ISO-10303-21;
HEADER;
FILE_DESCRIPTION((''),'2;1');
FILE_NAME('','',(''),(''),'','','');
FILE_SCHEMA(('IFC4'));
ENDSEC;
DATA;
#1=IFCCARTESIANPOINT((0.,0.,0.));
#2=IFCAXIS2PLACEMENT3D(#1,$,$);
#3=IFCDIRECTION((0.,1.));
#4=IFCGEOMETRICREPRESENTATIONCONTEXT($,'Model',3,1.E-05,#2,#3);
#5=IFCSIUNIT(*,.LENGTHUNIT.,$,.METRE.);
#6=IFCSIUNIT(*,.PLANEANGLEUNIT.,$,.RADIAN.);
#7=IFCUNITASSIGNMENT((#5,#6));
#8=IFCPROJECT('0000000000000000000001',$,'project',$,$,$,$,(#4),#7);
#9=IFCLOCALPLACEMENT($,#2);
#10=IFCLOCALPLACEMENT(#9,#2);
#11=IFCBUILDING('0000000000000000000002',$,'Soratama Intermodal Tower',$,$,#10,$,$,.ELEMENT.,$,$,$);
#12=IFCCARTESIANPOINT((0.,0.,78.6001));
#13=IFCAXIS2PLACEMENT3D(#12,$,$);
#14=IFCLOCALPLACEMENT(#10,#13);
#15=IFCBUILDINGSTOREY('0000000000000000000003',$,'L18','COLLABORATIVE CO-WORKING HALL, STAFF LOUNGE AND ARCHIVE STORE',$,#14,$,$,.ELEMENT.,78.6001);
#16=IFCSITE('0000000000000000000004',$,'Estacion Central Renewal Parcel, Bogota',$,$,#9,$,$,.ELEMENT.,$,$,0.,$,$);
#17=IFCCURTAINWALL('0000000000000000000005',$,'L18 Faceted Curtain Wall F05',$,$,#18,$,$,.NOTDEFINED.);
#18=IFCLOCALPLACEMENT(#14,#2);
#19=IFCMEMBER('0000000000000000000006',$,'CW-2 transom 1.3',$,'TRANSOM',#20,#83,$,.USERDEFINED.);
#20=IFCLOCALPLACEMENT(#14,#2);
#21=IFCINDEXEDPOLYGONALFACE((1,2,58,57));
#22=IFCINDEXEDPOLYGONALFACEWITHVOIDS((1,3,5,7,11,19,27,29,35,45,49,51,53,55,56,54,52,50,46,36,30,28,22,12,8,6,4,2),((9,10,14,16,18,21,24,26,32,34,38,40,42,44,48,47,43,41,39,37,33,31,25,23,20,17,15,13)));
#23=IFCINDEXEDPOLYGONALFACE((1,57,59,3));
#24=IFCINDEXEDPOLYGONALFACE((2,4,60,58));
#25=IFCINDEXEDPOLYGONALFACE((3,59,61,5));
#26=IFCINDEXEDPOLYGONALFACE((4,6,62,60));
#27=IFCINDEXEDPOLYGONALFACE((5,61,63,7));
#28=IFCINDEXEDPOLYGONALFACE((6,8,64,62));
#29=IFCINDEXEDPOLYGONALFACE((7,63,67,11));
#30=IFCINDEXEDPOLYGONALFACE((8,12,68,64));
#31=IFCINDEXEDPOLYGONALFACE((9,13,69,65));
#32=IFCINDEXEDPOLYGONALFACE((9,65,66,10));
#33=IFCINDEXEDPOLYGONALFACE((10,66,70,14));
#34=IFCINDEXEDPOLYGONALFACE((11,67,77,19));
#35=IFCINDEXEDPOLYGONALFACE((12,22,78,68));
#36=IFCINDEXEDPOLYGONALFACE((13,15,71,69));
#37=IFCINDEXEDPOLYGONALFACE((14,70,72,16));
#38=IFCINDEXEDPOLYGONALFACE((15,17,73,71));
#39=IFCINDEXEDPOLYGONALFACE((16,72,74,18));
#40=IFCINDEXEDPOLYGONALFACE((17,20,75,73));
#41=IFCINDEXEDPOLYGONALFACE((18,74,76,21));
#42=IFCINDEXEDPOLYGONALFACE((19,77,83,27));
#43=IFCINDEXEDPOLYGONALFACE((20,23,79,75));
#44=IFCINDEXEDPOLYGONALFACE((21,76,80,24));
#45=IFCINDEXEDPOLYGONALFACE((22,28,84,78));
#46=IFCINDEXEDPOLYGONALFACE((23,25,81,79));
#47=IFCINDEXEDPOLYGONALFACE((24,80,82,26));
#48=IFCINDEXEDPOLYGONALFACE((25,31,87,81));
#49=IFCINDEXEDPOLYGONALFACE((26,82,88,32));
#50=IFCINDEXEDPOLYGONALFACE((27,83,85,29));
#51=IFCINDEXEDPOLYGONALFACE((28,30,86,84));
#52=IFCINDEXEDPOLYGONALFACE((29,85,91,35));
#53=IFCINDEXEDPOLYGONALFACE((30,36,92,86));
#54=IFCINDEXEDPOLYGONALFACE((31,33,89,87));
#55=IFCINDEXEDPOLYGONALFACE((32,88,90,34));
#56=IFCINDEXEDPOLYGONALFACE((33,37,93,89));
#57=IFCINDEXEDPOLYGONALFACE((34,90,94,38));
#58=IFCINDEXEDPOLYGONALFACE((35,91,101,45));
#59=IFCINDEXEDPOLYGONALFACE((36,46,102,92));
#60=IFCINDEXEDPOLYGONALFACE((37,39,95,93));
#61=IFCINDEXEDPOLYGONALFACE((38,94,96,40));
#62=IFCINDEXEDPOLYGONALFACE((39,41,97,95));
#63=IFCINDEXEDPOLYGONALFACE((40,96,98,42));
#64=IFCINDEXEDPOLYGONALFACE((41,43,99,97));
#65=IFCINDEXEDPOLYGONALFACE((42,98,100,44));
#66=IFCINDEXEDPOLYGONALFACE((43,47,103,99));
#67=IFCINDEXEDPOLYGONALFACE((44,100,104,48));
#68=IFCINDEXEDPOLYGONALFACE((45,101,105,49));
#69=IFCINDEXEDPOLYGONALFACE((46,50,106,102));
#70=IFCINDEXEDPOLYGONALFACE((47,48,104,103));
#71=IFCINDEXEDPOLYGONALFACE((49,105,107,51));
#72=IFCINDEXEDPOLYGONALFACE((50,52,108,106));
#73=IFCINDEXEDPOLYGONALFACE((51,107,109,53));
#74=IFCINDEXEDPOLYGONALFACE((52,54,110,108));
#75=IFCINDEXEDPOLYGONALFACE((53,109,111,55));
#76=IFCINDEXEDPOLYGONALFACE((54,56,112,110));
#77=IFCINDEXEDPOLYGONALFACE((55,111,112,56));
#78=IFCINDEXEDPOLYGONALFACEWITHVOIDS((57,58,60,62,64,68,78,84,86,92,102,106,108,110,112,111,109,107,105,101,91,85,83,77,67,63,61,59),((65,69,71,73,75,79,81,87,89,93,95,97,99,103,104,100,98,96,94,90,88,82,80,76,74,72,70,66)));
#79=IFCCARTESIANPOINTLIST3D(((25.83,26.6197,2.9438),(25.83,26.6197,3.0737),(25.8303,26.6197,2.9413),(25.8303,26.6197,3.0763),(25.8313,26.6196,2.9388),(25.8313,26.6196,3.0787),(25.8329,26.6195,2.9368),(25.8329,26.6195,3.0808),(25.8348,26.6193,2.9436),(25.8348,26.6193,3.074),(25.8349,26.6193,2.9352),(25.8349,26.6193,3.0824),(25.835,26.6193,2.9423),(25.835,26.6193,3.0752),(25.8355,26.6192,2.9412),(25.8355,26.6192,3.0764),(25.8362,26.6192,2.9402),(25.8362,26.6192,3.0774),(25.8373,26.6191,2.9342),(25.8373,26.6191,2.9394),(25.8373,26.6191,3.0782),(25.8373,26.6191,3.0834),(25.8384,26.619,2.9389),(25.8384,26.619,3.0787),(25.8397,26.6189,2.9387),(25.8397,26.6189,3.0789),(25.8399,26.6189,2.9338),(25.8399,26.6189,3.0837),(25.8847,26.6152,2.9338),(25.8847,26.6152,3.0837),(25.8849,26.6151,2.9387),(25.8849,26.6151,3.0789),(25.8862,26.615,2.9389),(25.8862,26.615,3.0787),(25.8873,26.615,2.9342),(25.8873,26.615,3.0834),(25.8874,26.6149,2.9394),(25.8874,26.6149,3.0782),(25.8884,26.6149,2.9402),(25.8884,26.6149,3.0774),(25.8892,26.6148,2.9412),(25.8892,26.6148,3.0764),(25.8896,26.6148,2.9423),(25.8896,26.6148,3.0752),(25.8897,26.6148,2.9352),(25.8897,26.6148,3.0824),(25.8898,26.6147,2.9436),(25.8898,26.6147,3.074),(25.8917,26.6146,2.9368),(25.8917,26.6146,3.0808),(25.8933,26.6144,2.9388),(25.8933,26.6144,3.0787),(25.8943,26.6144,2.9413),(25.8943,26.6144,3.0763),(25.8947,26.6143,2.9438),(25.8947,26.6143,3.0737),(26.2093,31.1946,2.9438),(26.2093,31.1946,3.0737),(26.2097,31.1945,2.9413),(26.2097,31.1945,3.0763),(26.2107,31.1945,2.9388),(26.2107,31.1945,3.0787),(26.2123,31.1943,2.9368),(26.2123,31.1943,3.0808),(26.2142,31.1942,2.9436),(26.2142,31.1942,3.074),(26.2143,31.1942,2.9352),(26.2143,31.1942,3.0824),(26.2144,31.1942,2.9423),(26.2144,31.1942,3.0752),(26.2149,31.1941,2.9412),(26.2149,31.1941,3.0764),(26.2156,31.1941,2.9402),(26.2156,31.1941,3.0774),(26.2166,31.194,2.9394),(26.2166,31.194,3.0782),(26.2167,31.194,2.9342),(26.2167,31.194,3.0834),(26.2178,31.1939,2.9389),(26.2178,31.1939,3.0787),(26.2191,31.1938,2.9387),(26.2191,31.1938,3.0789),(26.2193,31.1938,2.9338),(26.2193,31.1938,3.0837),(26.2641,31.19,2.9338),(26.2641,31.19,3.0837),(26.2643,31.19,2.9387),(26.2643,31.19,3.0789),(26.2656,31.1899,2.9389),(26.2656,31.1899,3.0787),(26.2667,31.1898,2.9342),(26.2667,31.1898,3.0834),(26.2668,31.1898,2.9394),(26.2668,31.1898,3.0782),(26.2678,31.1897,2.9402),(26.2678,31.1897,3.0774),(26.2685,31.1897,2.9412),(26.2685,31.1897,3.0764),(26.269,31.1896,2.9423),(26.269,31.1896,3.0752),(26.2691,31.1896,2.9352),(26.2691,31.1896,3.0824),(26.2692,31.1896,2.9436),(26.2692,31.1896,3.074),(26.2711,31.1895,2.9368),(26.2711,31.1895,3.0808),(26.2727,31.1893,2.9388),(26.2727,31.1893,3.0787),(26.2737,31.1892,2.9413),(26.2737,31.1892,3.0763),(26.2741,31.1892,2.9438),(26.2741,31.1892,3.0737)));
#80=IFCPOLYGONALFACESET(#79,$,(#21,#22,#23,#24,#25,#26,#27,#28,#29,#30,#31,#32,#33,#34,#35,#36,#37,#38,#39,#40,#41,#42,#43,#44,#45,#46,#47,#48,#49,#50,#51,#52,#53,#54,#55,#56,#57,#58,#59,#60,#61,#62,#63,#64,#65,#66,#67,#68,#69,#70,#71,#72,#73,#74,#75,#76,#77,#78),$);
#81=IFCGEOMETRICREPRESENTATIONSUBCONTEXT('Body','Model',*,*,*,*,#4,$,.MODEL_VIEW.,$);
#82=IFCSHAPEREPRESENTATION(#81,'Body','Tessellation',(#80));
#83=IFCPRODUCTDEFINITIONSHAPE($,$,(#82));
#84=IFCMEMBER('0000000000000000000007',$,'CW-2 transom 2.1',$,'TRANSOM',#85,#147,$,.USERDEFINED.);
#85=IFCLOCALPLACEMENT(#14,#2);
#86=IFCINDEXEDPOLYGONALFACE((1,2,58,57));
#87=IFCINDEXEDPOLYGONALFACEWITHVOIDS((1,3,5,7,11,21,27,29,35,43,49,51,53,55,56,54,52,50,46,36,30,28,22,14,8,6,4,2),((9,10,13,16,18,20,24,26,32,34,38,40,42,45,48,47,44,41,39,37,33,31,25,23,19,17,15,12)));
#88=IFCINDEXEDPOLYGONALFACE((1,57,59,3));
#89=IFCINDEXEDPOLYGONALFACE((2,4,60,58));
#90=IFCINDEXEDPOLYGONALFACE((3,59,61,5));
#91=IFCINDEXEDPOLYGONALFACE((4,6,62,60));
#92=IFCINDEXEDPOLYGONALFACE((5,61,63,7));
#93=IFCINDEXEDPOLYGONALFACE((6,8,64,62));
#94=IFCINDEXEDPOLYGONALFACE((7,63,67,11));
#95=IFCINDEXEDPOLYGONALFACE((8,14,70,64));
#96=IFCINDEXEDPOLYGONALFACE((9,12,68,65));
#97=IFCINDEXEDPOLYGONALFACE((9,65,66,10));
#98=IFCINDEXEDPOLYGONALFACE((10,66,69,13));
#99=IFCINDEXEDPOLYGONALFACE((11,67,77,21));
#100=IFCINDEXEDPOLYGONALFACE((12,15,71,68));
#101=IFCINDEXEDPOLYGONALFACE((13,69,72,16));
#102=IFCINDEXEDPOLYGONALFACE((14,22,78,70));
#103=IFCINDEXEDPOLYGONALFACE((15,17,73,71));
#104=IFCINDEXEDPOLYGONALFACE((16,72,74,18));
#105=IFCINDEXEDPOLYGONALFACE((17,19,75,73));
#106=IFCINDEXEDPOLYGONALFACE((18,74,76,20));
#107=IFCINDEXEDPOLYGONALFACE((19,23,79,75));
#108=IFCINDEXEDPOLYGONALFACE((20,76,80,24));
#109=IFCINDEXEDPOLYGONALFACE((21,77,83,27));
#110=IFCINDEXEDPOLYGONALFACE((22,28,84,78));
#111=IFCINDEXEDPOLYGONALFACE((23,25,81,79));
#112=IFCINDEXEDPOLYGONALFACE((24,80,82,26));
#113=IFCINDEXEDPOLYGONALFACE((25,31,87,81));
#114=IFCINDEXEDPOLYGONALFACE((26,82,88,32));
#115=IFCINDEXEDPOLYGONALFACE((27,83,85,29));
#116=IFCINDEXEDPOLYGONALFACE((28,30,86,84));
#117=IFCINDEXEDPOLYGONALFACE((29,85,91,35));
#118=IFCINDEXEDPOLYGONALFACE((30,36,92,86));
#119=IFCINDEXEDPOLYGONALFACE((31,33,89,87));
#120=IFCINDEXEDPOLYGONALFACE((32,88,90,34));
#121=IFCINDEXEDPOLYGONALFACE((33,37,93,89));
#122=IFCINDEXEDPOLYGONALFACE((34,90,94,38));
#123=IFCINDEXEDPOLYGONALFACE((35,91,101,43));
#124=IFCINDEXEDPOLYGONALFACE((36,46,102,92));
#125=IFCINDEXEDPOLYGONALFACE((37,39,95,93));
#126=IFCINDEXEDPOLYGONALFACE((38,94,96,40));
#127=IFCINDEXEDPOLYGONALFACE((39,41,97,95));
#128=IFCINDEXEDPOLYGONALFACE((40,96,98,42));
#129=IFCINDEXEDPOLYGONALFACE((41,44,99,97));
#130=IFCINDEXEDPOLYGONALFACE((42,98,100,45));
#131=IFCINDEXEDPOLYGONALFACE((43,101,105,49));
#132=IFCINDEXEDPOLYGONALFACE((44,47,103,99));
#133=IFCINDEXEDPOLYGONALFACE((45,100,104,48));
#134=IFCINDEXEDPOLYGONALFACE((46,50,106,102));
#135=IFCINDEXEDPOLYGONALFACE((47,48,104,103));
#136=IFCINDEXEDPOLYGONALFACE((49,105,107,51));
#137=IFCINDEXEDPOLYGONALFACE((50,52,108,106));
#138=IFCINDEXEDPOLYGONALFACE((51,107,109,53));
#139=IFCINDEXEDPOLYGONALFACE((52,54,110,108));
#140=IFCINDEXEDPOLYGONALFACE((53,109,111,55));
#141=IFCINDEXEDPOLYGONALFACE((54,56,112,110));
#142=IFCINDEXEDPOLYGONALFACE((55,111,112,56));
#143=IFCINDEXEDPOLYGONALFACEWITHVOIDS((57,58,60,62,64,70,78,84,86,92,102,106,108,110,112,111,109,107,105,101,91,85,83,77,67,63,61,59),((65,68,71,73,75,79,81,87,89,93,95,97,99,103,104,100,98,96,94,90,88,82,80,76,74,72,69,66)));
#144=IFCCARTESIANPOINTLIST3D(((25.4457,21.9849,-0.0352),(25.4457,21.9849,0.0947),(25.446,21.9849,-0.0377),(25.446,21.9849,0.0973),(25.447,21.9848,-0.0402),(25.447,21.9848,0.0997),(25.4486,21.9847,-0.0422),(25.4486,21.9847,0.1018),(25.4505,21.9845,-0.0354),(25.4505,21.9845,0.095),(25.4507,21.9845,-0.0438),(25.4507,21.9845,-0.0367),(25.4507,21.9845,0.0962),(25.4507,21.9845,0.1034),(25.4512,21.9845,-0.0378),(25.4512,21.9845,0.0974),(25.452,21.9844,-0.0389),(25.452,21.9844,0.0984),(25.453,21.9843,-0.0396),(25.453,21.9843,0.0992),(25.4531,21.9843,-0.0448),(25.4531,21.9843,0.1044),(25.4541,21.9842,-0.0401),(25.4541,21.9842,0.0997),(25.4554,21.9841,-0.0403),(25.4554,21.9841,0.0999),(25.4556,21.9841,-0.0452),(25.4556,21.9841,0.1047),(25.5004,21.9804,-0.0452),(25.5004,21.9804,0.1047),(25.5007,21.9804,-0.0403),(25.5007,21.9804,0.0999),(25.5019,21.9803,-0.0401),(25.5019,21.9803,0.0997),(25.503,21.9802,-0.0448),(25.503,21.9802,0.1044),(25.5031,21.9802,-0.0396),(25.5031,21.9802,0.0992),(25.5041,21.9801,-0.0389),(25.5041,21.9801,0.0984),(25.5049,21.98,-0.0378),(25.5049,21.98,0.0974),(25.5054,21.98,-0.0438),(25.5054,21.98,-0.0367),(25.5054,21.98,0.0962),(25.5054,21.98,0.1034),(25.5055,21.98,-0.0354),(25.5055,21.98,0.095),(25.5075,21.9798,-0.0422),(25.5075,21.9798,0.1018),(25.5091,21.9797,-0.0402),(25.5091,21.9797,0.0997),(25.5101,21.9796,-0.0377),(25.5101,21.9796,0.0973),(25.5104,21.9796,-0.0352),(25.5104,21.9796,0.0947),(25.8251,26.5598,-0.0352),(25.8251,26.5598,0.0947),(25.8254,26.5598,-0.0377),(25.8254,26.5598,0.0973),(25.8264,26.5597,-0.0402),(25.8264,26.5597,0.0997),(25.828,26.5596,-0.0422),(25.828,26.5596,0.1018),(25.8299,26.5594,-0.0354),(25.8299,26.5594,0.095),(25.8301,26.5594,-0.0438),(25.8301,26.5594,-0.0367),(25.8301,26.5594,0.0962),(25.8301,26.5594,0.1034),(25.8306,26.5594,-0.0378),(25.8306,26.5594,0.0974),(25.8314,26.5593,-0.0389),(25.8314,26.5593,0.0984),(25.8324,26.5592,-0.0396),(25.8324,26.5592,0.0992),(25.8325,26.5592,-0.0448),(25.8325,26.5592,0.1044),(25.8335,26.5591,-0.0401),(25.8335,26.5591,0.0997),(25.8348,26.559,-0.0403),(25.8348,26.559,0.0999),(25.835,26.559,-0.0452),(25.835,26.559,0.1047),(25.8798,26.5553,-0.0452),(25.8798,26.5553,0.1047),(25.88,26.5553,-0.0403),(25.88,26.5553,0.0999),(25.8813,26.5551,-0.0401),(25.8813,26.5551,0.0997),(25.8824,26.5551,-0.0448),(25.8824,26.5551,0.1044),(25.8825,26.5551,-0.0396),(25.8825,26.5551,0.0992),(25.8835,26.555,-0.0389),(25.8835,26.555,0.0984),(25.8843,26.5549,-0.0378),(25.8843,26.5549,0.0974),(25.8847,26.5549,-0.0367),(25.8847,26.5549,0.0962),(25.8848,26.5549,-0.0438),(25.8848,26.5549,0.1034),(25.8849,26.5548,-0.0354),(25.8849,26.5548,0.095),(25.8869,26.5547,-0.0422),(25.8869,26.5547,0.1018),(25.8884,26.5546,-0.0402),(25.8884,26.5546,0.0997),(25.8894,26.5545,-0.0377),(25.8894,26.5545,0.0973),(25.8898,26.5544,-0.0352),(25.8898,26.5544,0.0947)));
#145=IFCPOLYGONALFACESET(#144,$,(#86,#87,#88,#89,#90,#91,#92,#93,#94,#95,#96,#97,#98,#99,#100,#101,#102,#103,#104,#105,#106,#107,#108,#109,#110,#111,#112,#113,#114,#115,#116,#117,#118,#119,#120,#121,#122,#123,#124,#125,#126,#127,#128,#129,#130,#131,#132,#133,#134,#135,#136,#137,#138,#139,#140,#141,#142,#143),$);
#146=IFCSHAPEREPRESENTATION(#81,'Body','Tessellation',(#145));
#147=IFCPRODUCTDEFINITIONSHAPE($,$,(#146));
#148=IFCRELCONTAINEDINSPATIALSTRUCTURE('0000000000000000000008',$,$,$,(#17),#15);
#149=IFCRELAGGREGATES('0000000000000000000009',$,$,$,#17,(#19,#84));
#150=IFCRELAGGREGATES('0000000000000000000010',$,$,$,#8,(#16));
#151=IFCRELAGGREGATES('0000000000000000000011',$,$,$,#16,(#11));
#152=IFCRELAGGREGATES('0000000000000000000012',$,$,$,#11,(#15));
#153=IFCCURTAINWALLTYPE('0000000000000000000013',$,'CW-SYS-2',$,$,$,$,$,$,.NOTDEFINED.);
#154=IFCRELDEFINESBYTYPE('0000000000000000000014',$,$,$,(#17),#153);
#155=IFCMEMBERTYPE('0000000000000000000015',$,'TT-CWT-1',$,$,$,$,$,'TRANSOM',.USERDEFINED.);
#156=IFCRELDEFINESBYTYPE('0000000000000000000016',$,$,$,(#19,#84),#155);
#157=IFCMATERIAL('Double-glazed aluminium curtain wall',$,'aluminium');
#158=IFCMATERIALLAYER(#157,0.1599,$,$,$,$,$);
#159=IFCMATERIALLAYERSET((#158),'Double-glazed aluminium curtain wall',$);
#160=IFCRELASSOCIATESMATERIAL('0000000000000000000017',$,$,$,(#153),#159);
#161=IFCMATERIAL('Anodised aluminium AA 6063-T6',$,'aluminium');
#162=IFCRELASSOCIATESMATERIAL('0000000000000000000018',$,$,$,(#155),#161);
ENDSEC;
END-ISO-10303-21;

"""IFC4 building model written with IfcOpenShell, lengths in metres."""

from ifc_helpers import new_model, si_unit, direction, frame, origin, origin_2d, place, context, subcontext, project, spatial, hollow_rectangle, extrude, material, layer, layer_set, material_profile, profile_set, type_object, element, aggregate, save


model = new_model("IFC4")

# Units and contexts
model_context = context("Model", 3, precision=1e-05, world=origin(), true_north=direction((0.0, 1.0)))
body_context = subcontext(model_context, "Body", "Model", "MODEL_VIEW")
ifc_project = project(units=[si_unit("LENGTHUNIT", "METRE"), si_unit("PLANEANGLEUNIT", "RADIAN")], contexts=[model_context])

# Site, building, storey
site_placement = place(None, origin())
site = spatial("IfcSite", under=ifc_project, at=site_placement, Name="Estacion Central Renewal Parcel, Bogota", CompositionType="ELEMENT", RefElevation=0.0)
building_placement = place(site_placement, origin())
building = spatial("IfcBuilding", under=site, at=building_placement, Name="Soratama Intermodal Tower", CompositionType="ELEMENT")
storey_placement = place(building_placement, frame((0.0, 0.0, 78.6001)))
storey = spatial("IfcBuildingStorey", under=building, at=storey_placement, Name="L18", Description="COLLABORATIVE CO-WORKING HALL, STAFF LOUNGE AND ARCHIVE STORE", CompositionType="ELEMENT", Elevation=78.6001)

# Curtain wall, members
ifc_material_1 = material(Name="Double-glazed aluminium curtain wall", Category="aluminium")
ifc_layer_1 = layer(ifc_material_1, 0.1599)
ifc_layer_set_1 = layer_set([ifc_layer_1], Name="Double-glazed aluminium curtain wall")
curtain_wall_type = type_object("IfcCurtainWallType", Name="CW-SYS-2", PredefinedType="NOTDEFINED", material=ifc_layer_set_1)
curtain_wall_placement = place(storey_placement, origin())
curtain_wall = element("IfcCurtainWall", 1, at=curtain_wall_placement, inside=storey, type_object=curtain_wall_type, Name="L18 Faceted Curtain Wall F05", PredefinedType="NOTDEFINED")
ifc_material_2 = material(Name="Anodised aluminium AA 6063-T6", Category="aluminium")
ifc_material_profile_1 = material_profile(ifc_material_2, hollow_rectangle(XDim=0.0649, YDim=0.1499, WallThickness=0.0049, InnerFilletRadius=0.0049, OuterFilletRadius=0.01, at=origin_2d()), Name="CWT150X65X5")
ifc_profile_set_1 = profile_set([ifc_material_profile_1], Name="Anodised aluminium AA 6063-T6")
member_type_1 = type_object("IfcMemberType", Name="TT-CWT-1", ElementType="TRANSOM", PredefinedType="USERDEFINED", material=ifc_profile_set_1)
member_1_placement = place(storey_placement, frame((26.2417, 31.1919, 3.0088), z_axis=(-0.082645, -0.996579, 0.0), x_axis=(0.996579, -0.082645, 0.0)))
member_1 = element("IfcMember", 2, at=member_1_placement, type_object=member_type_1, Name="CW-2 transom 1.3", ObjectType="TRANSOM", PredefinedType="USERDEFINED", context=body_context, shape_type="SweptSolid", body=[
    extrude(hollow_rectangle(XDim=0.0649, YDim=0.1499, WallThickness=0.0049, InnerFilletRadius=0.0049, OuterFilletRadius=0.01, at=origin_2d()), origin(), (0.0, 0.0, 1.0), 4.5906),
])
member_2_placement = place(storey_placement, frame((25.8574, 26.5571, 0.0298), z_axis=(-0.082645, -0.996579, 0.0), x_axis=(0.996579, -0.082645, 0.0)))
member_2 = element("IfcMember", 3, at=member_2_placement, type_object=member_type_1, Name="CW-2 transom 2.1", ObjectType="TRANSOM", PredefinedType="USERDEFINED", context=body_context, shape_type="SweptSolid", body=[
    extrude(hollow_rectangle(XDim=0.0649, YDim=0.1499, WallThickness=0.0049, InnerFilletRadius=0.0049, OuterFilletRadius=0.01, at=origin_2d()), origin(), (0.0, 0.0, 1.0), 4.5906),
])
aggregate(curtain_wall, [member_1, member_2])

save(model, "model.ifc")
